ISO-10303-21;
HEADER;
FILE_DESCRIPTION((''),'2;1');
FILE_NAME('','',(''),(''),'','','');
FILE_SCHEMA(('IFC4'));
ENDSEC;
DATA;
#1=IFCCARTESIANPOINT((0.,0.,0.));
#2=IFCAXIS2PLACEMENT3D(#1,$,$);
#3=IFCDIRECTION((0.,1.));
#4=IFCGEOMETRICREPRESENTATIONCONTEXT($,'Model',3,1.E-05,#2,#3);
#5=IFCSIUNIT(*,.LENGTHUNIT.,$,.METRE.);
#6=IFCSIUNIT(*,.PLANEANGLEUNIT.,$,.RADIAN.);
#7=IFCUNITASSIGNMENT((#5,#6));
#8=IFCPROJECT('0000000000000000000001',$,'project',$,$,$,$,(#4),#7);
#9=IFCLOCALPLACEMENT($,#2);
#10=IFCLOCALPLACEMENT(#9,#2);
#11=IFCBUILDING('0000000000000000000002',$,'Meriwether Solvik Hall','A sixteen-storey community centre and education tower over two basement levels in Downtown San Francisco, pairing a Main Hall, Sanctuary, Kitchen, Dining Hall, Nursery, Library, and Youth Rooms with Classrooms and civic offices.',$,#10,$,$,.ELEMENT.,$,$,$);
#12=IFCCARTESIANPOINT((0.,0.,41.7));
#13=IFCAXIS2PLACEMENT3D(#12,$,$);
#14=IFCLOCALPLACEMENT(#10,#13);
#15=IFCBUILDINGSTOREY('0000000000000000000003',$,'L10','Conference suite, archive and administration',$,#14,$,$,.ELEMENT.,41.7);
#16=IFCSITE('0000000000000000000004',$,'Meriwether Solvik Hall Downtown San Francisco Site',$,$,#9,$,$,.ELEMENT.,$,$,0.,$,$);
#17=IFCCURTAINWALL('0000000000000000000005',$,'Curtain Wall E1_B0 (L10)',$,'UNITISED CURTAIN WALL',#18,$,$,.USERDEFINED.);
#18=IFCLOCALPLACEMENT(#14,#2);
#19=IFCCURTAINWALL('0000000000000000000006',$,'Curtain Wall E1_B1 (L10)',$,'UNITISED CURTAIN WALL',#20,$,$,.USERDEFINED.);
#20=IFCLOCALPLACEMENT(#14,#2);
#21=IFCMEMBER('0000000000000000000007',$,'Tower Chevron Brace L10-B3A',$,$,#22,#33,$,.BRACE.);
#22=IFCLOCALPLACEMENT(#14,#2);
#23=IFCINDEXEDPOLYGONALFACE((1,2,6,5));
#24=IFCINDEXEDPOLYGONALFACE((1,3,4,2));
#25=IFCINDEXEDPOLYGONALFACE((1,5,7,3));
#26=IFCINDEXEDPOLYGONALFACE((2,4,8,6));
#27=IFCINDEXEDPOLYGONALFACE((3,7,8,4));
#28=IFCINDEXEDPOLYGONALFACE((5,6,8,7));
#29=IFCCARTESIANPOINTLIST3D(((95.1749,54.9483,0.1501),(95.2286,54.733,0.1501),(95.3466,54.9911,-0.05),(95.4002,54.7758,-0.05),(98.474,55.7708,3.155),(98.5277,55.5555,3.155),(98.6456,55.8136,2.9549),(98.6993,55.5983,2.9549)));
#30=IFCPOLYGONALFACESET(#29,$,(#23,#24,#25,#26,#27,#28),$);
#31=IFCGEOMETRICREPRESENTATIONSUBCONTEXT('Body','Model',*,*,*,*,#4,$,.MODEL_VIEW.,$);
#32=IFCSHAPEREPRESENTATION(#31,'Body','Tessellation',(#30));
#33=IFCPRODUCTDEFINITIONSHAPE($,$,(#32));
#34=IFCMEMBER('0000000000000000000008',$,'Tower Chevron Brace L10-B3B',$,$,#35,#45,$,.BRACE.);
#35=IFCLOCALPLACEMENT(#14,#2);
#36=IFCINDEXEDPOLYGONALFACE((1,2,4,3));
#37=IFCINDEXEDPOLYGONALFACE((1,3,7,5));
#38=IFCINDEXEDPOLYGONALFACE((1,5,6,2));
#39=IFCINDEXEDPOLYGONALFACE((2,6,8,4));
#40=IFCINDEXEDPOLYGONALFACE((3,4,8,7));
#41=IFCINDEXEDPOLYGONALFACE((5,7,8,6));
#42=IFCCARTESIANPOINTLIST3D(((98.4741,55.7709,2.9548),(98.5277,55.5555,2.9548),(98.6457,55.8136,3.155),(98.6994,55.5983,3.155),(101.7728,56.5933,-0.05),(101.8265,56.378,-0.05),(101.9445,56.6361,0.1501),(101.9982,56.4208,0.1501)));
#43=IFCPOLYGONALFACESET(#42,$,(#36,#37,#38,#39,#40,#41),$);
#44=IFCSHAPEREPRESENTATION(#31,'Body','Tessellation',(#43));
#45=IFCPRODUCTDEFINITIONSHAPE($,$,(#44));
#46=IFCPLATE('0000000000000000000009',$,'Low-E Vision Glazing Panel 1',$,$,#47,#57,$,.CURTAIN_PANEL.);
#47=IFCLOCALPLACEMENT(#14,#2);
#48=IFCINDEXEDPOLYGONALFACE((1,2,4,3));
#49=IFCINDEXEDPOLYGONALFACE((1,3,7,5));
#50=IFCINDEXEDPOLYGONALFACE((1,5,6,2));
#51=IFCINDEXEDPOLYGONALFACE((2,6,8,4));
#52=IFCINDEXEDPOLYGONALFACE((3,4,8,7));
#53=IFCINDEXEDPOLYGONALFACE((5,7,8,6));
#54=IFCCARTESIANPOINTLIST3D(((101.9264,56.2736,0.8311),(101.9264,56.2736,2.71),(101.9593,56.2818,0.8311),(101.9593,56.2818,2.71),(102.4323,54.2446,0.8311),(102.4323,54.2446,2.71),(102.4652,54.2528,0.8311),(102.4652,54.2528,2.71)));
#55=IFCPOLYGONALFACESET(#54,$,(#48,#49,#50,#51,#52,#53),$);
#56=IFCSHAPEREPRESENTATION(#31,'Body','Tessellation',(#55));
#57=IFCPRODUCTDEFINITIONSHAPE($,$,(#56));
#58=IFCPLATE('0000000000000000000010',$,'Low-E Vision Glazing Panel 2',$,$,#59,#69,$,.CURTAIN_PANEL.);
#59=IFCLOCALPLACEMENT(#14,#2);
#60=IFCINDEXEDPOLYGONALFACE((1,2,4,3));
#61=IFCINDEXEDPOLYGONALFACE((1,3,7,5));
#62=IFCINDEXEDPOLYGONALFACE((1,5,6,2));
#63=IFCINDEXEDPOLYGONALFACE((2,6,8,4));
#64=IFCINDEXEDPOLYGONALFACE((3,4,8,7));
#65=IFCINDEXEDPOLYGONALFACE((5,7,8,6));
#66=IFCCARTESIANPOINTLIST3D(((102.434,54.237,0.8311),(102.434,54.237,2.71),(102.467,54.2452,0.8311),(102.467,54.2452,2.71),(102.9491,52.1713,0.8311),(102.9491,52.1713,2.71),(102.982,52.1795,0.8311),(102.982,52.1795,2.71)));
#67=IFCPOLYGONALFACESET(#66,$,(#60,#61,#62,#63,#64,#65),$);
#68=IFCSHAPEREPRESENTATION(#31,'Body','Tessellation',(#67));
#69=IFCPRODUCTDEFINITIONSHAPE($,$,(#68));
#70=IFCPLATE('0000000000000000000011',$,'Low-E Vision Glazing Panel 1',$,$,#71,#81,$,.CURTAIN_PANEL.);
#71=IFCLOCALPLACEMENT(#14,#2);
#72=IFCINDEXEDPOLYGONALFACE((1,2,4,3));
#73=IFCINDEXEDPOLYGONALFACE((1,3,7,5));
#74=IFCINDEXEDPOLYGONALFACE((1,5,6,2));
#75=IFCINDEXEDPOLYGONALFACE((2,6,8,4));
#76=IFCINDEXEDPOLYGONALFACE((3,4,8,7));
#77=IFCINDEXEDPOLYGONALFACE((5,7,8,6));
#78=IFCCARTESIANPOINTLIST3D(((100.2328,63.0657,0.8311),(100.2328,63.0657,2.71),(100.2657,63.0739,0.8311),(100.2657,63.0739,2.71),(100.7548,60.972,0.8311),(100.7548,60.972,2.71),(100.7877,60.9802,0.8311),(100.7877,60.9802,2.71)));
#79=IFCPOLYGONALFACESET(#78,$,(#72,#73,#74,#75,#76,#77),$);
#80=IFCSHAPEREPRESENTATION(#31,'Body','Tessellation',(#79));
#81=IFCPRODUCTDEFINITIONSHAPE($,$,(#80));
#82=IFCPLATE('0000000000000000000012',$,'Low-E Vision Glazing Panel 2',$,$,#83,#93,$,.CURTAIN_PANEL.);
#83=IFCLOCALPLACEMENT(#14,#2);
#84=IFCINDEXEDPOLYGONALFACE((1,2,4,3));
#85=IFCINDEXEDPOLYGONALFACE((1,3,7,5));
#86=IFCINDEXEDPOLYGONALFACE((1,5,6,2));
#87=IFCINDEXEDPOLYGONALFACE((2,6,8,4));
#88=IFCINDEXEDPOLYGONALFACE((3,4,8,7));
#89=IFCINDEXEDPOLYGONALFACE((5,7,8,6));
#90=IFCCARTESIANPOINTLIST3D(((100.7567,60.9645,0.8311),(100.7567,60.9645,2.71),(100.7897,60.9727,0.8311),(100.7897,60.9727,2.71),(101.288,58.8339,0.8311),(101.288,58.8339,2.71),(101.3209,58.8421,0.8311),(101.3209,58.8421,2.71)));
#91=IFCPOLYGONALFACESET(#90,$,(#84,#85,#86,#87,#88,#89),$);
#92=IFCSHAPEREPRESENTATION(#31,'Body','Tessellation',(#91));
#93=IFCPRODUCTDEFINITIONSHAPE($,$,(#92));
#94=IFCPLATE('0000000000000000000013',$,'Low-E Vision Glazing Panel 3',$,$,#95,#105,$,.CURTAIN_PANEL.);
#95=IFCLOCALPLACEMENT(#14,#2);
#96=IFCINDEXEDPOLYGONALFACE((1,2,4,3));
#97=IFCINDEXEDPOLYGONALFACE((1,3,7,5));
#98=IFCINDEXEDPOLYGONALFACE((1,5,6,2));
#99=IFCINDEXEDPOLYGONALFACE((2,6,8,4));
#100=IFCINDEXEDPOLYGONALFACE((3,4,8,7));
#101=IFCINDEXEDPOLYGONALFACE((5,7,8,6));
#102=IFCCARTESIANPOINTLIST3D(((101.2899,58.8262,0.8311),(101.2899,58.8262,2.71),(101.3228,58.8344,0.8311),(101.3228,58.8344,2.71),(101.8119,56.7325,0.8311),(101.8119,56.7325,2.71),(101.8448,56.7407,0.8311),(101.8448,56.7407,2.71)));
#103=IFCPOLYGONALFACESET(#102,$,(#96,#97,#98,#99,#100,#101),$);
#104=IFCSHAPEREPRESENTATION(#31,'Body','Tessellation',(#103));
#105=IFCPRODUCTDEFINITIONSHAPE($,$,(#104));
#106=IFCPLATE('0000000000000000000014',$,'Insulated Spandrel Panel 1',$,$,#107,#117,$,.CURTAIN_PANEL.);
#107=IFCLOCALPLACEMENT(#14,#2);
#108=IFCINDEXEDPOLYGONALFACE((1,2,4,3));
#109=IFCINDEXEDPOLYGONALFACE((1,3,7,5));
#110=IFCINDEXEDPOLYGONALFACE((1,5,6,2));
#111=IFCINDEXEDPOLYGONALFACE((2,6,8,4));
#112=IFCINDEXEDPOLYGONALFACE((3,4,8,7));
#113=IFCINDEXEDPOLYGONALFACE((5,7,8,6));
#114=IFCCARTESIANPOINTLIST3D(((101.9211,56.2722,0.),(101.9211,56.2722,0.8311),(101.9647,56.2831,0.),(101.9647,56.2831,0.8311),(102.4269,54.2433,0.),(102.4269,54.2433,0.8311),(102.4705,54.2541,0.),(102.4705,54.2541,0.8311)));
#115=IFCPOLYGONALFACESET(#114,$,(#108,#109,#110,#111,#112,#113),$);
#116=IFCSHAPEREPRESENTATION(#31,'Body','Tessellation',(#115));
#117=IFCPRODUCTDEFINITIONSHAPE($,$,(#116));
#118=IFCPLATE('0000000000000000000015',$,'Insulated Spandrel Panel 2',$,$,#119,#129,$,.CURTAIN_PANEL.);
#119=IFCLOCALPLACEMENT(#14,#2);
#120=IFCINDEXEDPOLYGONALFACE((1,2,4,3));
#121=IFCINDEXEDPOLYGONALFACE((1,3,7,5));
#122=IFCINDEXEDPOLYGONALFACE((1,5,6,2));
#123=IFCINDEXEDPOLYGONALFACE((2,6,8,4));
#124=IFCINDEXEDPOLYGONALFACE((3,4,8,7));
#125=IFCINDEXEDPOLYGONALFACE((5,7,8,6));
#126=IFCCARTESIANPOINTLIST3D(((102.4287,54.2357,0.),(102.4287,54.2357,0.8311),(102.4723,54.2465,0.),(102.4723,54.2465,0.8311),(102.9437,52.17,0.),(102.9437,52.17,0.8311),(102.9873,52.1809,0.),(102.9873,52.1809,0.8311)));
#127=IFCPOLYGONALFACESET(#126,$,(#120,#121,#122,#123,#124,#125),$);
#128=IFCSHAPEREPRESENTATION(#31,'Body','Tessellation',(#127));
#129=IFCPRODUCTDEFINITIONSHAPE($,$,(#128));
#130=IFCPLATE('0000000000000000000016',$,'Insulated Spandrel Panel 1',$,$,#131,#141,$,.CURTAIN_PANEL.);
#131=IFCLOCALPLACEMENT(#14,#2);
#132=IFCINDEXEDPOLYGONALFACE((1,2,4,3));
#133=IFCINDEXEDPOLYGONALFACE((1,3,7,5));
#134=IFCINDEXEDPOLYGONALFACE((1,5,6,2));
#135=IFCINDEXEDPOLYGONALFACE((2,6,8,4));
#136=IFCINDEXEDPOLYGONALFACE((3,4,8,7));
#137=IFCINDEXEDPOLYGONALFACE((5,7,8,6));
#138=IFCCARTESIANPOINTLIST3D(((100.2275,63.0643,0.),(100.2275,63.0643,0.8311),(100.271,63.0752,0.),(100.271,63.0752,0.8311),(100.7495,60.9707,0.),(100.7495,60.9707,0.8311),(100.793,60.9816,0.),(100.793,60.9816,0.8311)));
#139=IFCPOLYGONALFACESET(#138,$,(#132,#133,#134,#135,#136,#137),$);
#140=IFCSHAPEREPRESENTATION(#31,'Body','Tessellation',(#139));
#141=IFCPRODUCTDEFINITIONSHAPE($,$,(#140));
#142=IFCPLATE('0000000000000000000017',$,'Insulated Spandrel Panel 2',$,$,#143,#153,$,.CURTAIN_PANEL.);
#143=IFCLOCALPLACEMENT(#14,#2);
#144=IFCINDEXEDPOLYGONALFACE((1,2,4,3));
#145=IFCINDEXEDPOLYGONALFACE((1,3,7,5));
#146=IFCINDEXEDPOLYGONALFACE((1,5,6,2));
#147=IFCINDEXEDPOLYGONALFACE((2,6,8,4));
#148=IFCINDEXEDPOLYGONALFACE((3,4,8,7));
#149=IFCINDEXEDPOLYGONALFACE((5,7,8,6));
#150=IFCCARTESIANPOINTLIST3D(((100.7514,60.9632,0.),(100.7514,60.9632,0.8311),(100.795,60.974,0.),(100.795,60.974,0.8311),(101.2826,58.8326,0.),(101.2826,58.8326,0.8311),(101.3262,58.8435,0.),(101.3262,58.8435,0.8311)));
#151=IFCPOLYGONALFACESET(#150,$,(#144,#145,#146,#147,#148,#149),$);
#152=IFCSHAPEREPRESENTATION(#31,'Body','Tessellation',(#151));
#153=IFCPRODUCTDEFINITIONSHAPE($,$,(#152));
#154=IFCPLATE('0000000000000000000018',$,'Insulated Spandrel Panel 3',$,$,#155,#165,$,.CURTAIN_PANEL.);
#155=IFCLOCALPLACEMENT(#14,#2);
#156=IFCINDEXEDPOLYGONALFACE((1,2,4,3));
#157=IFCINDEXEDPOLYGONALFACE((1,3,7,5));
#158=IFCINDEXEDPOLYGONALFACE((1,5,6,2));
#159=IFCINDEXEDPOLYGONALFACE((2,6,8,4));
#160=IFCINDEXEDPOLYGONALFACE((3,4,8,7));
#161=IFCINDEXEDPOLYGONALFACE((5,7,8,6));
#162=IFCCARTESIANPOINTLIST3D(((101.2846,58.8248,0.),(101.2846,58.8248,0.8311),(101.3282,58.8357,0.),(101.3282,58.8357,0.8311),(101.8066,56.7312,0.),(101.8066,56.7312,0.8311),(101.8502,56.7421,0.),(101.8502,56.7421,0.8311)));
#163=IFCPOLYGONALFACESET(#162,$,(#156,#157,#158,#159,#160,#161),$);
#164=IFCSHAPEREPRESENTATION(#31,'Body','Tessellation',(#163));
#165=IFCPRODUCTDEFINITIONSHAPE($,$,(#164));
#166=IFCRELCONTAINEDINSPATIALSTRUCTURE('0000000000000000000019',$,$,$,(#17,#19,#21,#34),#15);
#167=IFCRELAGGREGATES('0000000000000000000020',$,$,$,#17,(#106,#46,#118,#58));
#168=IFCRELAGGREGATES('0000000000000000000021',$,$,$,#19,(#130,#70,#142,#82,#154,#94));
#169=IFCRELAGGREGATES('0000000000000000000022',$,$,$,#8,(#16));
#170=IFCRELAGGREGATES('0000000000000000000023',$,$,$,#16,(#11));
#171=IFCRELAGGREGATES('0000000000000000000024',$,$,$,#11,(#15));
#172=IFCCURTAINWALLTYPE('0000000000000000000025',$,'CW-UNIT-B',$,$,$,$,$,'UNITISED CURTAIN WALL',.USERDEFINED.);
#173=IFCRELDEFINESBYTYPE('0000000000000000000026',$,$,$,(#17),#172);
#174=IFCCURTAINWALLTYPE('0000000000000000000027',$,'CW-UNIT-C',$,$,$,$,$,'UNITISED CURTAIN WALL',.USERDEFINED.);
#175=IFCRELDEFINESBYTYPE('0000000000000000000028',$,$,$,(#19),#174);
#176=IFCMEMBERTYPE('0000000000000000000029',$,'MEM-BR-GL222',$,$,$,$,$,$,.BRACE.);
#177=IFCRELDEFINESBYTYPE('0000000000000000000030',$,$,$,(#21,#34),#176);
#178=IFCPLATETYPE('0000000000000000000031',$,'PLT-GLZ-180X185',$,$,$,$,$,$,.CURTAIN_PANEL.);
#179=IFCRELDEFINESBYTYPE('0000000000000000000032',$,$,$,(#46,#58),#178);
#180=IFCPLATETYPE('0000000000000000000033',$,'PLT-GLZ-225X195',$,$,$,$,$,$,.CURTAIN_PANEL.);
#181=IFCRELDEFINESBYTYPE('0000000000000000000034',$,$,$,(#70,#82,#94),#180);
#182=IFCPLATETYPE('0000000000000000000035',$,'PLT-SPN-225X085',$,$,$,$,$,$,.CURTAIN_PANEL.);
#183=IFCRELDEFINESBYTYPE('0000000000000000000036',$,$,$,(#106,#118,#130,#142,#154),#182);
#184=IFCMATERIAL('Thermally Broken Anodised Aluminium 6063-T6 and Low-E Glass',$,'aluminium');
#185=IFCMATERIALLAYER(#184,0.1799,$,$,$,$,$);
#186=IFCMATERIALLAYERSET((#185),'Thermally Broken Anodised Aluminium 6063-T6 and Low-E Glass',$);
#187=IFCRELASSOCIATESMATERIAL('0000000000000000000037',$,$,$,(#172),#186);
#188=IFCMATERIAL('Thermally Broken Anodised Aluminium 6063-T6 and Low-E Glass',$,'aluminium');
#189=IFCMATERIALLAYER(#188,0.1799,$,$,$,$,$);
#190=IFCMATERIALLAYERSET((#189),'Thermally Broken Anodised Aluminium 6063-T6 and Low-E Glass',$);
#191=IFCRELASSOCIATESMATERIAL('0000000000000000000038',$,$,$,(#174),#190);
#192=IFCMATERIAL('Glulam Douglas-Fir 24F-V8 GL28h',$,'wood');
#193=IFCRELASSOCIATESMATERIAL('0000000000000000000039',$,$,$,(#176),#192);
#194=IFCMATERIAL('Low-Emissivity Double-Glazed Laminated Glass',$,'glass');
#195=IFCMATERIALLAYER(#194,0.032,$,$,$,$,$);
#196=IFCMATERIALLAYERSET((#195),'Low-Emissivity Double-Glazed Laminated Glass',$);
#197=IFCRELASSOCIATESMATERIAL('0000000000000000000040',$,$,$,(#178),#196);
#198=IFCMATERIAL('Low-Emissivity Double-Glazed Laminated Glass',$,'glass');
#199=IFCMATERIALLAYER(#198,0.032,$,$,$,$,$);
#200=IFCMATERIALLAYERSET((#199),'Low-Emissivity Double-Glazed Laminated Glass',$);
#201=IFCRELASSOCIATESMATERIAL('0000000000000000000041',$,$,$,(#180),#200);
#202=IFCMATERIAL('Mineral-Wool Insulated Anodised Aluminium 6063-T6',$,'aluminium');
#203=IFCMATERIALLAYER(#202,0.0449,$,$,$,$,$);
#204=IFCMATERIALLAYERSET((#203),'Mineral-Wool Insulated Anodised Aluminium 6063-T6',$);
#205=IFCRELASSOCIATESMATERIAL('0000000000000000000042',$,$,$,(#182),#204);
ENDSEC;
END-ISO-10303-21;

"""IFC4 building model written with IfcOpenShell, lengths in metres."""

from ifc_helpers import new_model, si_unit, direction, frame, origin, origin_2d, place, context, subcontext, project, spatial, rectangle, extrude, material, layer, layer_set, material_profile, profile_set, type_object, element, aggregate, save


model = new_model("IFC4")

# Units and contexts
model_context = context("Model", 3, precision=1e-05, world=origin(), true_north=direction((0.0, 1.0)))
body_context = subcontext(model_context, "Body", "Model", "MODEL_VIEW")
ifc_project = project(units=[si_unit("LENGTHUNIT", "METRE"), si_unit("PLANEANGLEUNIT", "RADIAN")], contexts=[model_context])

# Site, building, storey
site_placement = place(None, origin())
site = spatial("IfcSite", under=ifc_project, at=site_placement, Name="Meriwether Solvik Hall Downtown San Francisco Site", CompositionType="ELEMENT", RefElevation=0.0)
building_placement = place(site_placement, origin())
building = spatial("IfcBuilding", under=site, at=building_placement, Name="Meriwether Solvik Hall", Description="A sixteen-storey community centre and education tower over two basement levels in Downtown San Francisco, pairing a Main Hall, Sanctuary, Kitchen, Dining Hall, Nursery, Library, and Youth Rooms with Classrooms and civic offices.", CompositionType="ELEMENT")
storey_placement = place(building_placement, frame((0.0, 0.0, 41.7)))
storey = spatial("IfcBuildingStorey", under=building, at=storey_placement, Name="L10", Description="Conference suite, archive and administration", CompositionType="ELEMENT", Elevation=41.7)

# Curtain walls
ifc_material_1 = material(Name="Thermally Broken Anodised Aluminium 6063-T6 and Low-E Glass", Category="aluminium")
ifc_layer_1 = layer(ifc_material_1, 0.1799)
ifc_layer_set_1 = layer_set([ifc_layer_1], Name="Thermally Broken Anodised Aluminium 6063-T6 and Low-E Glass")
curtain_wall_type_1 = type_object("IfcCurtainWallType", Name="CW-UNIT-B", ElementType="UNITISED CURTAIN WALL", PredefinedType="USERDEFINED", material=ifc_layer_set_1)
curtain_wall_1_placement = place(storey_placement, origin())
curtain_wall_1 = element("IfcCurtainWall", 1, at=curtain_wall_1_placement, inside=storey, type_object=curtain_wall_type_1, Name="Curtain Wall E1_B0 (L10)", ObjectType="UNITISED CURTAIN WALL", PredefinedType="USERDEFINED")
ifc_material_2 = material(Name="Thermally Broken Anodised Aluminium 6063-T6 and Low-E Glass", Category="aluminium")
ifc_layer_2 = layer(ifc_material_2, 0.1799)
ifc_layer_set_2 = layer_set([ifc_layer_2], Name="Thermally Broken Anodised Aluminium 6063-T6 and Low-E Glass")
curtain_wall_type_2 = type_object("IfcCurtainWallType", Name="CW-UNIT-C", ElementType="UNITISED CURTAIN WALL", PredefinedType="USERDEFINED", material=ifc_layer_set_2)
curtain_wall_2_placement = place(storey_placement, origin())
curtain_wall_2 = element("IfcCurtainWall", 2, at=curtain_wall_2_placement, inside=storey, type_object=curtain_wall_type_2, Name="Curtain Wall E1_B1 (L10)", ObjectType="UNITISED CURTAIN WALL", PredefinedType="USERDEFINED")

# Members
ifc_material_3 = material(Name="Glulam Douglas-Fir 24F-V8 GL28h", Category="wood")
ifc_material_profile_1 = material_profile(ifc_material_3, rectangle(XDim=0.2219, YDim=0.2671, at=origin_2d()), Name="GLM-222X267")
ifc_profile_set_1 = profile_set([ifc_material_profile_1], Name="Glulam Douglas-Fir 24F-V8 GL28h")
member_type_1 = type_object("IfcMemberType", Name="MEM-BR-GL222", PredefinedType="BRACE", material=ifc_profile_set_1)
member_1_placement = place(storey_placement, frame((95.2876, 54.8621, 0.05), z_axis=(0.727054, 0.181266, 0.66222), x_axis=(-0.24191, 0.970299, 0.0)))
element("IfcMember", 3, at=member_1_placement, inside=storey, type_object=member_type_1, Name="Tower Chevron Brace L10-B3A", PredefinedType="BRACE", context=body_context, shape_type="SweptSolid", body=[
    extrude(rectangle(XDim=0.2219, YDim=0.2671, at=origin_2d()), origin(), (0.0, 0.0, 1.0), 4.5376),
])
member_2_placement = place(storey_placement, frame((101.8855, 56.5071, 0.05), z_axis=(-0.727029, -0.181273, 0.662246), x_axis=(0.241927, -0.970294, 0.0)))
element("IfcMember", 4, at=member_2_placement, inside=storey, type_object=member_type_1, Name="Tower Chevron Brace L10-B3B", PredefinedType="BRACE", context=body_context, shape_type="SweptSolid", body=[
    extrude(rectangle(XDim=0.2219, YDim=0.2671, at=origin_2d()), origin(), (0.0, 0.0, 1.0), 4.5374),
])

# Plates
ifc_material_4 = material(Name="Low-Emissivity Double-Glazed Laminated Glass", Category="glass")
ifc_layer_3 = layer(ifc_material_4, 0.032)
ifc_layer_set_3 = layer_set([ifc_layer_3], Name="Low-Emissivity Double-Glazed Laminated Glass")
plate_type_1 = type_object("IfcPlateType", Name="PLT-GLZ-180X185", PredefinedType="CURTAIN_PANEL", material=ifc_layer_set_3)
plate_1_placement = place(storey_placement, frame((102.1958, 55.2632, 0.8311), z_axis=(0.0, 0.0, 1.0), x_axis=(0.241922, -0.970296, 0.0)))
plate_1 = element("IfcPlate", 5, at=plate_1_placement, type_object=plate_type_1, Name="Low-E Vision Glazing Panel 1", PredefinedType="CURTAIN_PANEL", context=body_context, shape_type="SweptSolid", body=[
    extrude(rectangle(XDim=2.0911, YDim=0.0339, at=origin_2d()), origin(), (0.0, 0.0, 1.0), 1.8789),
])
plate_2_placement = place(storey_placement, frame((102.708, 53.2083, 0.8311), z_axis=(0.0, 0.0, 1.0), x_axis=(0.241922, -0.970296, 0.0)))
plate_2 = element("IfcPlate", 6, at=plate_2_placement, type_object=plate_type_1, Name="Low-E Vision Glazing Panel 2", PredefinedType="CURTAIN_PANEL", context=body_context, shape_type="SweptSolid", body=[
    extrude(rectangle(XDim=2.1289, YDim=0.0339, at=origin_2d()), origin(), (0.0, 0.0, 1.0), 1.8789),
])
ifc_material_5 = material(Name="Low-Emissivity Double-Glazed Laminated Glass", Category="glass")
ifc_layer_4 = layer(ifc_material_5, 0.032)
ifc_layer_set_4 = layer_set([ifc_layer_4], Name="Low-Emissivity Double-Glazed Laminated Glass")
plate_type_2 = type_object("IfcPlateType", Name="PLT-GLZ-225X195", PredefinedType="CURTAIN_PANEL", material=ifc_layer_set_4)
plate_3_placement = place(storey_placement, frame((100.5103, 62.0229, 0.8311), z_axis=(0.0, 0.0, 1.0), x_axis=(0.241922, -0.970296, 0.0)))
plate_3 = element("IfcPlate", 7, at=plate_3_placement, type_object=plate_type_2, Name="Low-E Vision Glazing Panel 1", PredefinedType="CURTAIN_PANEL", context=body_context, shape_type="SweptSolid", body=[
    extrude(rectangle(XDim=2.1577, YDim=0.0339, at=origin_2d()), origin(), (0.0, 0.0, 1.0), 1.8789),
])
plate_4_placement = place(storey_placement, frame((101.0388, 59.9033, 0.8311), z_axis=(0.0, 0.0, 1.0), x_axis=(0.241922, -0.970296, 0.0)))
plate_4 = element("IfcPlate", 8, at=plate_4_placement, type_object=plate_type_2, Name="Low-E Vision Glazing Panel 2", PredefinedType="CURTAIN_PANEL", context=body_context, shape_type="SweptSolid", body=[
    extrude(rectangle(XDim=2.1958, YDim=0.0339, at=origin_2d()), origin(), (0.0, 0.0, 1.0), 1.8789),
])
plate_5_placement = place(storey_placement, frame((101.5674, 57.7834, 0.8311), z_axis=(0.0, 0.0, 1.0), x_axis=(0.241922, -0.970296, 0.0)))
plate_5 = element("IfcPlate", 9, at=plate_5_placement, type_object=plate_type_2, Name="Low-E Vision Glazing Panel 3", PredefinedType="CURTAIN_PANEL", context=body_context, shape_type="SweptSolid", body=[
    extrude(rectangle(XDim=2.1577, YDim=0.0339, at=origin_2d()), origin(), (0.0, 0.0, 1.0), 1.8789),
])
ifc_material_6 = material(Name="Mineral-Wool Insulated Anodised Aluminium 6063-T6", Category="aluminium")
ifc_layer_5 = layer(ifc_material_6, 0.0449)
ifc_layer_set_5 = layer_set([ifc_layer_5], Name="Mineral-Wool Insulated Anodised Aluminium 6063-T6")
plate_type_3 = type_object("IfcPlateType", Name="PLT-SPN-225X085", PredefinedType="CURTAIN_PANEL", material=ifc_layer_set_5)
plate_6_placement = place(storey_placement, frame((102.1958, 55.2632, 0.0), z_axis=(0.0, 0.0, 1.0), x_axis=(0.241922, -0.970296, 0.0)))
plate_6 = element("IfcPlate", 10, at=plate_6_placement, type_object=plate_type_3, Name="Insulated Spandrel Panel 1", PredefinedType="CURTAIN_PANEL", context=body_context, shape_type="SweptSolid", body=[
    extrude(rectangle(XDim=2.0911, YDim=0.0449, at=origin_2d()), origin(), (0.0, 0.0, 1.0), 0.8311),
])
plate_7_placement = place(storey_placement, frame((102.708, 53.2083, 0.0), z_axis=(0.0, 0.0, 1.0), x_axis=(0.241922, -0.970296, 0.0)))
plate_7 = element("IfcPlate", 11, at=plate_7_placement, type_object=plate_type_3, Name="Insulated Spandrel Panel 2", PredefinedType="CURTAIN_PANEL", context=body_context, shape_type="SweptSolid", body=[
    extrude(rectangle(XDim=2.1289, YDim=0.0449, at=origin_2d()), origin(), (0.0, 0.0, 1.0), 0.8311),
])
aggregate(curtain_wall_1, [plate_6, plate_1, plate_7, plate_2])
plate_8_placement = place(storey_placement, frame((100.5103, 62.0229, 0.0), z_axis=(0.0, 0.0, 1.0), x_axis=(0.241922, -0.970296, 0.0)))
plate_8 = element("IfcPlate", 12, at=plate_8_placement, type_object=plate_type_3, Name="Insulated Spandrel Panel 1", PredefinedType="CURTAIN_PANEL", context=body_context, shape_type="SweptSolid", body=[
    extrude(rectangle(XDim=2.1577, YDim=0.0449, at=origin_2d()), origin(), (0.0, 0.0, 1.0), 0.8311),
])
plate_9_placement = place(storey_placement, frame((101.0388, 59.9033, 0.0), z_axis=(0.0, 0.0, 1.0), x_axis=(0.241922, -0.970296, 0.0)))
plate_9 = element("IfcPlate", 13, at=plate_9_placement, type_object=plate_type_3, Name="Insulated Spandrel Panel 2", PredefinedType="CURTAIN_PANEL", context=body_context, shape_type="SweptSolid", body=[
    extrude(rectangle(XDim=2.1958, YDim=0.0449, at=origin_2d()), origin(), (0.0, 0.0, 1.0), 0.8311),
])
plate_10_placement = place(storey_placement, frame((101.5674, 57.7834, 0.0), z_axis=(0.0, 0.0, 1.0), x_axis=(0.241922, -0.970296, 0.0)))
plate_10 = element("IfcPlate", 14, at=plate_10_placement, type_object=plate_type_3, Name="Insulated Spandrel Panel 3", PredefinedType="CURTAIN_PANEL", context=body_context, shape_type="SweptSolid", body=[
    extrude(rectangle(XDim=2.1577, YDim=0.0449, at=origin_2d()), origin(), (0.0, 0.0, 1.0), 0.8311),
])
aggregate(curtain_wall_2, [plate_8, plate_3, plate_9, plate_4, plate_10, plate_5])

save(model, "model.ifc")
